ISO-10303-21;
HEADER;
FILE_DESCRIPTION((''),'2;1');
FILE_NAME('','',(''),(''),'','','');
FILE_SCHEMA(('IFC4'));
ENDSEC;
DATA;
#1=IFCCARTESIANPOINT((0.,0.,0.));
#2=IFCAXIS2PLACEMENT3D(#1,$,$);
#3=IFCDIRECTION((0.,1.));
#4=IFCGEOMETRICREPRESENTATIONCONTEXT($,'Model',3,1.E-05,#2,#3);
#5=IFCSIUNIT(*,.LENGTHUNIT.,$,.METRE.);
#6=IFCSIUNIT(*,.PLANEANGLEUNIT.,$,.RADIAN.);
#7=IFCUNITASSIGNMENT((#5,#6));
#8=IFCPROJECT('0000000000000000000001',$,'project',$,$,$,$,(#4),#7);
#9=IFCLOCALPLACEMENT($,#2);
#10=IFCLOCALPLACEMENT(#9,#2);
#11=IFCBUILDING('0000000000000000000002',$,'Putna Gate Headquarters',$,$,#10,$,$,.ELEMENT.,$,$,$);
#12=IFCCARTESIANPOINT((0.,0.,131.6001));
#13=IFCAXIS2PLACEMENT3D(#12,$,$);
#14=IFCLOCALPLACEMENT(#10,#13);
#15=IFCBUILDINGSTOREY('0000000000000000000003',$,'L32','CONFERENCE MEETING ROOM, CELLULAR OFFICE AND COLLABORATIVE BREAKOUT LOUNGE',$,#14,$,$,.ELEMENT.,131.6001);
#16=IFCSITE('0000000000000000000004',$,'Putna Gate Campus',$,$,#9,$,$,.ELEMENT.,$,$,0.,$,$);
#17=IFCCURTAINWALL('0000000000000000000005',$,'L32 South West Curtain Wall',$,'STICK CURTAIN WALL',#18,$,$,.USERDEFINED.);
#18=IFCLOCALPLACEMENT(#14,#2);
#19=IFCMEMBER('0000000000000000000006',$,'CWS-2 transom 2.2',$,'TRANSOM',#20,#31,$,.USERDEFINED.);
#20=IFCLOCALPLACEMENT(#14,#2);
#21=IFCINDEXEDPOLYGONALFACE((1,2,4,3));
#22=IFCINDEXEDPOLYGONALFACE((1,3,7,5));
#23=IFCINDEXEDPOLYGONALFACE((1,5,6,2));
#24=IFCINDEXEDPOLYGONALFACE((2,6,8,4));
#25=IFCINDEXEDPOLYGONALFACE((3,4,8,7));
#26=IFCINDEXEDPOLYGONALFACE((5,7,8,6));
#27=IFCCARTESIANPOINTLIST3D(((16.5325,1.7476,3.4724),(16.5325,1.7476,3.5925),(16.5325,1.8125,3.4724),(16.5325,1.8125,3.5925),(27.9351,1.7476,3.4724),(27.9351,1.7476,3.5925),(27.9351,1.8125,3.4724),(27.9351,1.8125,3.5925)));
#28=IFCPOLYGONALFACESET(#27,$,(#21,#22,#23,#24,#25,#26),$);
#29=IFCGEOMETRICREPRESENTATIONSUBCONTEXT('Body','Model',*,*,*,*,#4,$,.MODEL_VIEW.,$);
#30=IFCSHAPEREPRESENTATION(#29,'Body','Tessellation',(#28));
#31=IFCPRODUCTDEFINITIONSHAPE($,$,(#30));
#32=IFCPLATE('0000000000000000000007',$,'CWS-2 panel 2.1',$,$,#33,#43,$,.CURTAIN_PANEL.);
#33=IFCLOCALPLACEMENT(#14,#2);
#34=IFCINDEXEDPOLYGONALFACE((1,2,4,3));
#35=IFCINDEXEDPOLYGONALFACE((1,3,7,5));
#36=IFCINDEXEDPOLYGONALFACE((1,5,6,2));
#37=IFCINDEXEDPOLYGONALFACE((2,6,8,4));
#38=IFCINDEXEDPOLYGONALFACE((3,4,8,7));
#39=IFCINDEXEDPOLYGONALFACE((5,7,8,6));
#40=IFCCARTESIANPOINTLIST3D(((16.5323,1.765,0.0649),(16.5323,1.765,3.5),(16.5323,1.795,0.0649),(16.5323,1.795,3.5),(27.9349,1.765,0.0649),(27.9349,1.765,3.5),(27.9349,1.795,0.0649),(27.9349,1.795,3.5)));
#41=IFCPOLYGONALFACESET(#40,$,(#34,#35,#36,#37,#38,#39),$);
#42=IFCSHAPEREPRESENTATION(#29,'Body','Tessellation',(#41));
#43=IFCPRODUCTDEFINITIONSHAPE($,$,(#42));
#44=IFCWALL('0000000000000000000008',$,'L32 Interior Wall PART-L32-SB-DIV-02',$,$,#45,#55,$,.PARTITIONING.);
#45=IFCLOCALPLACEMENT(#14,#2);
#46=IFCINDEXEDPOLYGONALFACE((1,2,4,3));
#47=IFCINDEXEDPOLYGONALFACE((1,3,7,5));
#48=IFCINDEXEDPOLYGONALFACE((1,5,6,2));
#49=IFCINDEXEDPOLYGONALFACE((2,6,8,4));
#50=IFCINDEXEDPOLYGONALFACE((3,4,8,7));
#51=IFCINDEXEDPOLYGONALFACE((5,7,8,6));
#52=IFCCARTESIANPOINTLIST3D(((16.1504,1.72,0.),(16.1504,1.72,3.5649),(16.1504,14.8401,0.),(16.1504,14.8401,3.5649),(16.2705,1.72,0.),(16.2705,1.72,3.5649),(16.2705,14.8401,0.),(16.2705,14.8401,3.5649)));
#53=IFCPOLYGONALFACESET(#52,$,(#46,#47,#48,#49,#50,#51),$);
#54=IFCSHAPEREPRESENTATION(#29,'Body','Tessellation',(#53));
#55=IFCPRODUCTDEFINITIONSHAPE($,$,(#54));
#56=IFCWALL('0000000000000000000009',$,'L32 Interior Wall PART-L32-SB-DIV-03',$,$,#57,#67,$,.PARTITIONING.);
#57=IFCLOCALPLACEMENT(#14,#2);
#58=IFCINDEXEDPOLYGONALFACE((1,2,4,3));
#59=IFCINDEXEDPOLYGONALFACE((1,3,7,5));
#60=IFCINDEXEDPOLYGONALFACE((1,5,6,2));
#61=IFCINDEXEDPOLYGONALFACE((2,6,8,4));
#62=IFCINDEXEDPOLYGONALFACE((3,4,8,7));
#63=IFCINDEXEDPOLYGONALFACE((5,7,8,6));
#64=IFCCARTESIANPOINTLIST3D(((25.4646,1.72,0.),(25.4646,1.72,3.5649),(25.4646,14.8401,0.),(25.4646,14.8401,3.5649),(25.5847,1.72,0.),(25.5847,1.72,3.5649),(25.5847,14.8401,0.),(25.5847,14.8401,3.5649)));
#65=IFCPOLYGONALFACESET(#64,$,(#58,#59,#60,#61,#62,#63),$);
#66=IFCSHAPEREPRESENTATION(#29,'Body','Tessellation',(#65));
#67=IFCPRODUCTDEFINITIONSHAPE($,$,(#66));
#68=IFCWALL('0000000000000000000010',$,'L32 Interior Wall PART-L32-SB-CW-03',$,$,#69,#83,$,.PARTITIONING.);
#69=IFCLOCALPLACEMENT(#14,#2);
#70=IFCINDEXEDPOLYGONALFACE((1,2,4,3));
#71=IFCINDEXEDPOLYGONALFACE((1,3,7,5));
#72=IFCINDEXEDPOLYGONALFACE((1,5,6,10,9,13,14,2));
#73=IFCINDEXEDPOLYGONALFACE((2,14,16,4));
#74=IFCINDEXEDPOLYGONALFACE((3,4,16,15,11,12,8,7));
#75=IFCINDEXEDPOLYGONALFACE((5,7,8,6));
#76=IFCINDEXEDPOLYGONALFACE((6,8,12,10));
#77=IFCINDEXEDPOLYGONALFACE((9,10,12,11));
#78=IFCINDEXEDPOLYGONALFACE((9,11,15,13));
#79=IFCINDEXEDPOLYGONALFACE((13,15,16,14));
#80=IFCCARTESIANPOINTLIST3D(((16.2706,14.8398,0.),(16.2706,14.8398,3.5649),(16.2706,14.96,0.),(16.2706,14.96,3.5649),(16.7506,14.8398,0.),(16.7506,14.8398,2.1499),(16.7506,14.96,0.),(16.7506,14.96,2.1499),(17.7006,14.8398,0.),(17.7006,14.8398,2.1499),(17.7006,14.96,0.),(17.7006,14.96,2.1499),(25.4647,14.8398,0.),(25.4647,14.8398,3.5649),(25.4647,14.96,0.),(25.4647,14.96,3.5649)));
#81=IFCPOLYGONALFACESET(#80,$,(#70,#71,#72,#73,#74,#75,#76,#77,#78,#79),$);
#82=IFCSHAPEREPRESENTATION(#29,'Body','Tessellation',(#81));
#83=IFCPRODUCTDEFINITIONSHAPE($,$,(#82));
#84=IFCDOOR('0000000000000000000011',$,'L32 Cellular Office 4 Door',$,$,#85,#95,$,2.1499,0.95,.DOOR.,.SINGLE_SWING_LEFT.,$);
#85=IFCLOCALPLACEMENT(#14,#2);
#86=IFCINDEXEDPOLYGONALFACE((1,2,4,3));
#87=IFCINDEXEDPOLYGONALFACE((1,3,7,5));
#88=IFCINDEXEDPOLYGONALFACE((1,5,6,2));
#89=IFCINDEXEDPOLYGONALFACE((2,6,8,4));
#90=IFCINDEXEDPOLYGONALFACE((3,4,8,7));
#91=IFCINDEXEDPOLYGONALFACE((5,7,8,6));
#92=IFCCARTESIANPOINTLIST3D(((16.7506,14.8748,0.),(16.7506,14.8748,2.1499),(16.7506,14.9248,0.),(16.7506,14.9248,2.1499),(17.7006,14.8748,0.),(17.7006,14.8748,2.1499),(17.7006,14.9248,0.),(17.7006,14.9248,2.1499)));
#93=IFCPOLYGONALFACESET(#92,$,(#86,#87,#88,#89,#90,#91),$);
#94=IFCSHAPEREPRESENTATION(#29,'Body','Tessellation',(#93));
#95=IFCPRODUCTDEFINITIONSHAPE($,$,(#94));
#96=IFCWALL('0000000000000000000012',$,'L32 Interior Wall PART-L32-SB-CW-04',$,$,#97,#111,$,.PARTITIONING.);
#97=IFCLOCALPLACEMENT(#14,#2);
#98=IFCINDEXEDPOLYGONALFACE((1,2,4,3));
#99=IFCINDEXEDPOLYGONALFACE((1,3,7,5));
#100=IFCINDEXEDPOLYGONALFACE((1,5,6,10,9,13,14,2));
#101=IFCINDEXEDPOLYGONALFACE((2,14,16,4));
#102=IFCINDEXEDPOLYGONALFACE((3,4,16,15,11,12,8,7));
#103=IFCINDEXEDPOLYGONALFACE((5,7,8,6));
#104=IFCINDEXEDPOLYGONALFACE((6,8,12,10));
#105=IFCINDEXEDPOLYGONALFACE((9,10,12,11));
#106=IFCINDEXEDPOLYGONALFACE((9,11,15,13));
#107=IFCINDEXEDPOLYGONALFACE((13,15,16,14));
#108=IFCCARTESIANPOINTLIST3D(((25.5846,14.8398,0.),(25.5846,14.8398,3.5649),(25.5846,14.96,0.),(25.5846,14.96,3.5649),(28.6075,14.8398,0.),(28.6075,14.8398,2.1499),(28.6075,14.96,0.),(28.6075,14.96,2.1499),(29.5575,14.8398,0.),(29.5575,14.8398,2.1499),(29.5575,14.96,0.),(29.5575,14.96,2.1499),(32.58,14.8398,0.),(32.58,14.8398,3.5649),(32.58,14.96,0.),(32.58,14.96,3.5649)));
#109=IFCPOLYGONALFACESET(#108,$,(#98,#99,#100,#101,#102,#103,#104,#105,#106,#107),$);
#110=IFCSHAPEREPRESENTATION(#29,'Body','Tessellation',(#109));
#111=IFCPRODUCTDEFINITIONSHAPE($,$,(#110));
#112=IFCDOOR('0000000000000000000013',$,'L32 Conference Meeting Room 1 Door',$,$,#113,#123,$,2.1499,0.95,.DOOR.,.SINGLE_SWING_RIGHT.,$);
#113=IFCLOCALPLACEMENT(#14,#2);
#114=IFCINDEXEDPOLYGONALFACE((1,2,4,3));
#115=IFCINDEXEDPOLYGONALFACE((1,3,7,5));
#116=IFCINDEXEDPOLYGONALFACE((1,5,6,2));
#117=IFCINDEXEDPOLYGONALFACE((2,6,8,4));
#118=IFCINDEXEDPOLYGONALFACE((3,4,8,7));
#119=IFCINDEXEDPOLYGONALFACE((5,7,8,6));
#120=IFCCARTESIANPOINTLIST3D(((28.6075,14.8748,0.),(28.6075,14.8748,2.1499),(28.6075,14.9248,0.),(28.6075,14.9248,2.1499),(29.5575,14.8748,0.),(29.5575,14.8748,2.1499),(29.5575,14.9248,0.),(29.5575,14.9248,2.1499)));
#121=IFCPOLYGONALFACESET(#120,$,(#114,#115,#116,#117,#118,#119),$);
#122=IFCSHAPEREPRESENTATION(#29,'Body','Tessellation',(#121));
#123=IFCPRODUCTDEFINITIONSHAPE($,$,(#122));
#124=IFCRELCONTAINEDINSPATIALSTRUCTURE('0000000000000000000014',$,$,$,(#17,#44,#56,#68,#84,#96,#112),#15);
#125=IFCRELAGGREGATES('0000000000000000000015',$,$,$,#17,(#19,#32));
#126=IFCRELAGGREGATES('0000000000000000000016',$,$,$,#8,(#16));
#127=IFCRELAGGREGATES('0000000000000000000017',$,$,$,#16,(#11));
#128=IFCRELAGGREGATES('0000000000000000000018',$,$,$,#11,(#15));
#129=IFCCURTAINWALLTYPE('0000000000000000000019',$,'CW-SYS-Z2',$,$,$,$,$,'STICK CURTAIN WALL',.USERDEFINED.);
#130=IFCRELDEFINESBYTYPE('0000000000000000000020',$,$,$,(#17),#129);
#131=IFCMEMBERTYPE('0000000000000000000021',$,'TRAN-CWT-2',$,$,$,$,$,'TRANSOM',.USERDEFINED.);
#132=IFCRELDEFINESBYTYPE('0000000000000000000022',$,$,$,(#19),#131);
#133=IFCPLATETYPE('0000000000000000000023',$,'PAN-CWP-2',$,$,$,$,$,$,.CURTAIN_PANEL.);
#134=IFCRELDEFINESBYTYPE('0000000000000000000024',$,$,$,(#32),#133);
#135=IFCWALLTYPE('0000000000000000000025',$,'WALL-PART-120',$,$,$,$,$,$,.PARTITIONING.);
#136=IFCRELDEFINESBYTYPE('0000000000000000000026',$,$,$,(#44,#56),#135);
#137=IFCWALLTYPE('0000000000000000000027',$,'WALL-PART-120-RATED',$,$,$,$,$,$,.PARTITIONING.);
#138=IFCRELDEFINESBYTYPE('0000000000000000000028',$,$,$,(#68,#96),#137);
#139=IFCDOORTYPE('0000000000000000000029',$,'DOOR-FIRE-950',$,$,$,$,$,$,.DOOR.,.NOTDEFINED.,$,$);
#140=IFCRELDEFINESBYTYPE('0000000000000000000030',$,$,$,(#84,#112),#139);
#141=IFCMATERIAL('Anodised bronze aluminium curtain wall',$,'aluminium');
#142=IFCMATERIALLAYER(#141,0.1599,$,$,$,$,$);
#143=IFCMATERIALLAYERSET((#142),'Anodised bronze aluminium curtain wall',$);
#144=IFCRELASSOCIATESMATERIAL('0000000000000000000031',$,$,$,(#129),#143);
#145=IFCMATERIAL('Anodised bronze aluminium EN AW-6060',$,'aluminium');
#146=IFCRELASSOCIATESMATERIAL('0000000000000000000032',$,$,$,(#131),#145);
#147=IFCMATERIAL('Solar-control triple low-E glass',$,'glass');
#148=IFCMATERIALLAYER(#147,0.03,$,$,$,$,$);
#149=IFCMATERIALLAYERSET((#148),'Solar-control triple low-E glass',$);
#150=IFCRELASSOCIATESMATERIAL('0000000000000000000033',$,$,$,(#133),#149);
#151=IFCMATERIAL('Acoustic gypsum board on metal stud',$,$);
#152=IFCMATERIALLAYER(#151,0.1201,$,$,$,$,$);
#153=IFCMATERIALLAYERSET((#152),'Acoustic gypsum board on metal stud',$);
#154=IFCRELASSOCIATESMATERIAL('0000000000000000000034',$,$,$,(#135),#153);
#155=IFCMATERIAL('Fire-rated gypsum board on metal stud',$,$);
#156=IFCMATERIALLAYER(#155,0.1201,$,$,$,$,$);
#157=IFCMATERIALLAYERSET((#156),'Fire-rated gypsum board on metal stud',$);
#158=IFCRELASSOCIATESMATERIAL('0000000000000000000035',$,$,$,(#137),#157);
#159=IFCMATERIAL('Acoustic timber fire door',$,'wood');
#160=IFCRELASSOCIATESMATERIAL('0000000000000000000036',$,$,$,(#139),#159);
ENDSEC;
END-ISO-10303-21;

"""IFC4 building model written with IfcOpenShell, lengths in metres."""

from ifc_helpers import new_model, si_unit, direction, frame, frame_2d, origin, origin_2d, place, context, subcontext, project, spatial, rectangle, extrude, material, layer, layer_set, material_profile, profile_set, type_object, element, fill, aggregate, save


model = new_model("IFC4")

# Units and contexts
model_context = context("Model", 3, precision=1e-05, world=origin(), true_north=direction((0.0, 1.0)))
body_context = subcontext(model_context, "Body", "Model", "MODEL_VIEW")
ifc_project = project(units=[si_unit("LENGTHUNIT", "METRE"), si_unit("PLANEANGLEUNIT", "RADIAN")], contexts=[model_context])

# Site, building, storey
site_placement = place(None, origin())
site = spatial("IfcSite", under=ifc_project, at=site_placement, Name="Putna Gate Campus", CompositionType="ELEMENT", RefElevation=0.0)
building_placement = place(site_placement, origin())
building = spatial("IfcBuilding", under=site, at=building_placement, Name="Putna Gate Headquarters", CompositionType="ELEMENT")
storey_placement = place(building_placement, frame((0.0, 0.0, 131.6001)))
storey = spatial("IfcBuildingStorey", under=building, at=storey_placement, Name="L32", Description="CONFERENCE MEETING ROOM, CELLULAR OFFICE AND COLLABORATIVE BREAKOUT LOUNGE", CompositionType="ELEMENT", Elevation=131.6001)

# Curtain wall, member, plate
ifc_material_1 = material(Name="Anodised bronze aluminium curtain wall", Category="aluminium")
ifc_layer_1 = layer(ifc_material_1, 0.1599)
ifc_layer_set_1 = layer_set([ifc_layer_1], Name="Anodised bronze aluminium curtain wall")
curtain_wall_type = type_object("IfcCurtainWallType", Name="CW-SYS-Z2", ElementType="STICK CURTAIN WALL", PredefinedType="USERDEFINED", material=ifc_layer_set_1)
curtain_wall_placement = place(storey_placement, origin())
curtain_wall = element("IfcCurtainWall", 1, at=curtain_wall_placement, inside=storey, type_object=curtain_wall_type, Name="L32 South West Curtain Wall", ObjectType="STICK CURTAIN WALL", PredefinedType="USERDEFINED")
ifc_material_2 = material(Name="Anodised bronze aluminium EN AW-6060", Category="aluminium")
ifc_material_profile_1 = material_profile(ifc_material_2, rectangle(XDim=0.0649, YDim=0.1201, at=origin_2d()), Name="Anodised bronze aluminium EN AW-6060")
ifc_profile_set_1 = profile_set([ifc_material_profile_1], Name="Anodised bronze aluminium EN AW-6060")
member_type_1 = type_object("IfcMemberType", Name="TRAN-CWT-2", ElementType="TRANSOM", PredefinedType="USERDEFINED", material=ifc_profile_set_1)
member_1_placement = place(storey_placement, frame((16.5325, 1.78, 3.5325), z_axis=(1.0, 0.0, 0.0), x_axis=(0.0, 1.0, 0.0)))
member_1 = element("IfcMember", 2, at=member_1_placement, type_object=member_type_1, Name="CWS-2 transom 2.2", ObjectType="TRANSOM", PredefinedType="USERDEFINED", context=body_context, shape_type="SweptSolid", body=[
    extrude(rectangle(XDim=0.0649, YDim=0.1201, at=origin_2d()), origin(), (0.0, 0.0, 1.0), 11.4026),
])
ifc_material_3 = material(Name="Solar-control triple low-E glass", Category="glass")
ifc_layer_2 = layer(ifc_material_3, 0.03)
ifc_layer_set_2 = layer_set([ifc_layer_2], Name="Solar-control triple low-E glass")
plate_type = type_object("IfcPlateType", Name="PAN-CWP-2", PredefinedType="CURTAIN_PANEL", material=ifc_layer_set_2)
plate_placement = place(storey_placement, frame((22.2336, 1.78, 0.0649), z_axis=(0.0, 0.0, 1.0), x_axis=(1.0, 0.0, 0.0)))
plate = element("IfcPlate", 3, at=plate_placement, type_object=plate_type, Name="CWS-2 panel 2.1", PredefinedType="CURTAIN_PANEL", context=body_context, shape_type="SweptSolid", body=[
    extrude(rectangle(XDim=11.4026, YDim=0.03, at=origin_2d()), origin(), (0.0, 0.0, 1.0), 3.4351),
])
aggregate(curtain_wall, [member_1, plate])

# Walls
ifc_material_4 = material(Name="Acoustic gypsum board on metal stud")
ifc_layer_3 = layer(ifc_material_4, 0.1201)
ifc_layer_set_3 = layer_set([ifc_layer_3], Name="Acoustic gypsum board on metal stud")
wall_type_1 = type_object("IfcWallType", Name="WALL-PART-120", PredefinedType="PARTITIONING", material=ifc_layer_set_3)
for number, where, z_axis, x_axis, name in (
    (4, (16.2104, 1.72, 0.0), (0.0, 0.0, 1.0), (0.0, 1.0, 0.0), "L32 Interior Wall PART-L32-SB-DIV-02"),
    (5, (25.5247, 1.72, 0.0), (0.0, 0.0, 1.0), (0.0, 1.0, 0.0), "L32 Interior Wall PART-L32-SB-DIV-03"),
):
    element("IfcWall", number, at=place(storey_placement, frame(where, z_axis=z_axis, x_axis=x_axis)), inside=storey, type_object=wall_type_1, Name=name, PredefinedType="PARTITIONING", context=body_context, shape_type="SweptSolid", body=[
        extrude(rectangle(XDim=13.1201, YDim=0.1201, at=frame_2d((6.5601, 0.0))), origin(), (0.0, 0.0, 1.0), 3.5649),
    ])

# Walls, openings, doors
ifc_material_5 = material(Name="Fire-rated gypsum board on metal stud")
ifc_layer_4 = layer(ifc_material_5, 0.1201)
ifc_layer_set_4 = layer_set([ifc_layer_4], Name="Fire-rated gypsum board on metal stud")
wall_type_2 = type_object("IfcWallType", Name="WALL-PART-120-RATED", PredefinedType="PARTITIONING", material=ifc_layer_set_4)
wall_1_placement = place(storey_placement, frame((16.2705, 14.8999, 0.0), z_axis=(0.0, 0.0, 1.0), x_axis=(1.0, 0.0, 0.0)))
wall_1 = element("IfcWall", 6, at=wall_1_placement, inside=storey, type_object=wall_type_2, Name="L32 Interior Wall PART-L32-SB-CW-03", PredefinedType="PARTITIONING", context=body_context, shape_type="SweptSolid", body=[
    extrude(rectangle(XDim=9.1941, YDim=0.1201, at=frame_2d((4.5972, 0.0))), origin(), (0.0, 0.0, 1.0), 3.5649),
])
opening_1_placement = place(wall_1_placement, frame((0.48, 0.0, 0.0)))
opening_1 = element("IfcOpeningElement", 7, at=opening_1_placement, cuts=wall_1, PredefinedType="OPENING", context=body_context, shape_type="SweptSolid", body=[
    extrude(rectangle(XDim=0.95, YDim=2.1499, at=frame_2d((0.4751, 1.075))), frame((0.0, 0.0701, 0.0), z_axis=(0.0, -1.0, 0.0), x_axis=(1.0, 0.0, 0.0)), (0.0, 0.0, 1.0), 0.1401),
])
ifc_material_6 = material(Name="Acoustic timber fire door", Category="wood")
door_type_1 = type_object("IfcDoorType", Name="DOOR-FIRE-950", OperationType="NOTDEFINED", PredefinedType="DOOR", material=ifc_material_6)
door_1_placement = place(opening_1_placement, origin())
door_1 = element("IfcDoor", 8, at=door_1_placement, inside=storey, type_object=door_type_1, Name="L32 Cellular Office 4 Door", OperationType="SINGLE_SWING_LEFT", OverallHeight=2.1499, OverallWidth=0.95, PredefinedType="DOOR", context=body_context, shape_type="SweptSolid", body=[
    extrude(rectangle(XDim=0.95, YDim=2.1499, at=frame_2d((0.4751, 1.075))), frame((0.0, 0.0249, 0.0), z_axis=(0.0, -1.0, 0.0), x_axis=(1.0, 0.0, 0.0)), (0.0, 0.0, 1.0), 0.05),
])
fill(opening_1, door_1)
wall_2_placement = place(storey_placement, frame((25.5847, 14.8999, 0.0), z_axis=(0.0, 0.0, 1.0), x_axis=(1.0, 0.0, 0.0)))
wall_2 = element("IfcWall", 9, at=wall_2_placement, inside=storey, type_object=wall_type_2, Name="L32 Interior Wall PART-L32-SB-CW-04", PredefinedType="PARTITIONING", context=body_context, shape_type="SweptSolid", body=[
    extrude(rectangle(XDim=6.9954, YDim=0.1201, at=frame_2d((3.4976, 0.0))), origin(), (0.0, 0.0, 1.0), 3.5649),
])
opening_2_placement = place(wall_2_placement, frame((3.0227, 0.0, 0.0)))
opening_2 = element("IfcOpeningElement", 10, at=opening_2_placement, cuts=wall_2, PredefinedType="OPENING", context=body_context, shape_type="SweptSolid", body=[
    extrude(rectangle(XDim=0.95, YDim=2.1499, at=frame_2d((0.4751, 1.075))), frame((0.0, 0.0701, 0.0), z_axis=(0.0, -1.0, 0.0), x_axis=(1.0, 0.0, 0.0)), (0.0, 0.0, 1.0), 0.1401),
])
door_2_placement = place(opening_2_placement, origin())
door_2 = element("IfcDoor", 11, at=door_2_placement, inside=storey, type_object=door_type_1, Name="L32 Conference Meeting Room 1 Door", OperationType="SINGLE_SWING_RIGHT", OverallHeight=2.1499, OverallWidth=0.95, PredefinedType="DOOR", context=body_context, shape_type="SweptSolid", body=[
    extrude(rectangle(XDim=0.95, YDim=2.1499, at=frame_2d((0.4751, 1.075))), frame((0.0, 0.0249, 0.0), z_axis=(0.0, -1.0, 0.0), x_axis=(1.0, 0.0, 0.0)), (0.0, 0.0, 1.0), 0.05),
])
fill(opening_2, door_2)

save(model, "model.ifc")
